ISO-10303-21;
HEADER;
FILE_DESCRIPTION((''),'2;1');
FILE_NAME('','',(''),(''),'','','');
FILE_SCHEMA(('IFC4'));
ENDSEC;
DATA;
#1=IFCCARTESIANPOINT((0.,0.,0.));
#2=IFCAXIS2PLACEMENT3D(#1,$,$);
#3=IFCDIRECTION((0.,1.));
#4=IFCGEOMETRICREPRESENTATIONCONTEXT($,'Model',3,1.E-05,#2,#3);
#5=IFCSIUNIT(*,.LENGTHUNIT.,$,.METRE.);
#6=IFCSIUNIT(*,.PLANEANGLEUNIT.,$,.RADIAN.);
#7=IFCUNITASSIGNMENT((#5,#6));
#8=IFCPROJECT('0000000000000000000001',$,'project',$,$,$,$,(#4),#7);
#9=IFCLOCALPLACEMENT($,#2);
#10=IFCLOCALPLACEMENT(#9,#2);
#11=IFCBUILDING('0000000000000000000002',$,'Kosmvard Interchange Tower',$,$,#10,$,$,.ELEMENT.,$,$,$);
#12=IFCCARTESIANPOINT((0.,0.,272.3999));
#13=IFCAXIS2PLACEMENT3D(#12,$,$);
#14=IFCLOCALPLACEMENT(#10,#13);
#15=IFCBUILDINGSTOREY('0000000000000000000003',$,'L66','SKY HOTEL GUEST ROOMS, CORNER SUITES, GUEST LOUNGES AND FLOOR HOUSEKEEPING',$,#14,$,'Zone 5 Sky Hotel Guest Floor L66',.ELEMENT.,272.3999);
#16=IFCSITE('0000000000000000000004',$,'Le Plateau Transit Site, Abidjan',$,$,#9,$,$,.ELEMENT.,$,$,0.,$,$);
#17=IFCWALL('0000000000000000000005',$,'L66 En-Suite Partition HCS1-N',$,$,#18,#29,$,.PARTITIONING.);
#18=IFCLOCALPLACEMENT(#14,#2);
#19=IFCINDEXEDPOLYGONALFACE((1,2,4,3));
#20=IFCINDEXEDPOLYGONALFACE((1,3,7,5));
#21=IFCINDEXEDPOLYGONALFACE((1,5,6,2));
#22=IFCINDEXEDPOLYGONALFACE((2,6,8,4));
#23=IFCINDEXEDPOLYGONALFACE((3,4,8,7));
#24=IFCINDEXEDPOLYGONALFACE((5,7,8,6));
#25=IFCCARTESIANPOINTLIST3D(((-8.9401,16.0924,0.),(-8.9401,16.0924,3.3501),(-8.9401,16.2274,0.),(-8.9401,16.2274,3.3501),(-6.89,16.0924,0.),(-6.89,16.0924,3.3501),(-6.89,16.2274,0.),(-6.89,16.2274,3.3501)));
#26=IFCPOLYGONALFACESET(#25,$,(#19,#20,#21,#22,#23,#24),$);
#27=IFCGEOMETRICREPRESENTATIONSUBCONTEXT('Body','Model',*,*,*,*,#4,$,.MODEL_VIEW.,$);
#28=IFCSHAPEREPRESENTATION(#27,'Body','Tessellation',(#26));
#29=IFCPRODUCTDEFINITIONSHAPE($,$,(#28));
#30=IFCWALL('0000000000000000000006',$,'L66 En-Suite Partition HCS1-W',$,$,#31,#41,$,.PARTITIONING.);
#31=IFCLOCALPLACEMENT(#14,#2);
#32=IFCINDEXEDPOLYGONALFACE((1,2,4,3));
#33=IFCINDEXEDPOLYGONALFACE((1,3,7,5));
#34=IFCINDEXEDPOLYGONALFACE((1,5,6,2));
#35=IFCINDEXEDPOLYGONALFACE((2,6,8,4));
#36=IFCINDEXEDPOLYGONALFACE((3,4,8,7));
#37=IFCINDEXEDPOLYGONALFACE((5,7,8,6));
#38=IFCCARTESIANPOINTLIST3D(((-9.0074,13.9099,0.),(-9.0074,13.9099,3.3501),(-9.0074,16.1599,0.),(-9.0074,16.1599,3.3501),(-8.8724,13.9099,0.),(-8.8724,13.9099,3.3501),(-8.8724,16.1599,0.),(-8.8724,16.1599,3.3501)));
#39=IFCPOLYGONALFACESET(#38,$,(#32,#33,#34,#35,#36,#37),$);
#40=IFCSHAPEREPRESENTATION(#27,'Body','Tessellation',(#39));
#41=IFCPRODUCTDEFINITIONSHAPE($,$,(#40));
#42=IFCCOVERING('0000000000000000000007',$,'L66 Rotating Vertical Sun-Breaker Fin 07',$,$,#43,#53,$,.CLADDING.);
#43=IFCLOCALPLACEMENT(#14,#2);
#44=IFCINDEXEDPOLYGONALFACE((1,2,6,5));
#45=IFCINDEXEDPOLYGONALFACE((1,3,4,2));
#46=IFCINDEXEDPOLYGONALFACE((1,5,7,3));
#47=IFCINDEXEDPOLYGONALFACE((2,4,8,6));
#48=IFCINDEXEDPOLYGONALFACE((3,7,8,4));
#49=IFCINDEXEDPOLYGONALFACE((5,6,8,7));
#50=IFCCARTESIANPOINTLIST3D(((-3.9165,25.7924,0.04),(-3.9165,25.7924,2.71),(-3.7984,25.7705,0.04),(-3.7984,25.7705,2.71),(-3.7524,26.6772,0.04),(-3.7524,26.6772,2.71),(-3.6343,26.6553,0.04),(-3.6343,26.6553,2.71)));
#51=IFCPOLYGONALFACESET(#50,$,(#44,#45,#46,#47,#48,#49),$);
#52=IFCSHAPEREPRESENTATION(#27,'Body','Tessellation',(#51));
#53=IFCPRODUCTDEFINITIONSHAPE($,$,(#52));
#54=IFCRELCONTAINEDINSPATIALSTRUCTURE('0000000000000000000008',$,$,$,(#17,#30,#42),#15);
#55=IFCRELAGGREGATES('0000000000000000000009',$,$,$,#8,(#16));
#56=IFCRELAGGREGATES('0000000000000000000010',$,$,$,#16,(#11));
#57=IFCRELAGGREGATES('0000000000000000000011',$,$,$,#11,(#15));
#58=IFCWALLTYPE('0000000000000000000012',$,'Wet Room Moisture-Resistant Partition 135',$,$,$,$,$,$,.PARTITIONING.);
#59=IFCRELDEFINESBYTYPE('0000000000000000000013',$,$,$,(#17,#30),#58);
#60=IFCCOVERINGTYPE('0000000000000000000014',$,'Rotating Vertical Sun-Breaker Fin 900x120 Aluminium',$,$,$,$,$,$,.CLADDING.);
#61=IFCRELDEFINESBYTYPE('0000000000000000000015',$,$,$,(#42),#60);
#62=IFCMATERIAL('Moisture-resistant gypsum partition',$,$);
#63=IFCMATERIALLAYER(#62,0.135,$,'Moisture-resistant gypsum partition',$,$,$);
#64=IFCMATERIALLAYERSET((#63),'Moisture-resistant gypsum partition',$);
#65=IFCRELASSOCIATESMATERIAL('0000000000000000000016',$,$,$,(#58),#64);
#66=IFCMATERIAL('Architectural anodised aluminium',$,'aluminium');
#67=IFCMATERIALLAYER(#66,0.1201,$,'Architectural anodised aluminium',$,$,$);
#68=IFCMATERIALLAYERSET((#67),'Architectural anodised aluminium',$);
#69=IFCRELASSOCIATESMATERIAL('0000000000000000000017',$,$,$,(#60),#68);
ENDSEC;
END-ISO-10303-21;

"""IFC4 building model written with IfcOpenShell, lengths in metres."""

from ifc_helpers import new_model, si_unit, direction, frame, frame_2d, origin, origin_2d, place, context, subcontext, project, spatial, rectangle, extrude, source, transform, mapped, material, layer, layer_set, type_object, element, save


model = new_model("IFC4")

# Units and contexts
model_context = context("Model", 3, precision=1e-05, world=origin(), true_north=direction((0.0, 1.0)))
body_context = subcontext(model_context, "Body", "Model", "MODEL_VIEW")
ifc_project = project(units=[si_unit("LENGTHUNIT", "METRE"), si_unit("PLANEANGLEUNIT", "RADIAN")], contexts=[model_context])

# Site, building, storey
site_placement = place(None, origin())
site = spatial("IfcSite", under=ifc_project, at=site_placement, Name="Le Plateau Transit Site, Abidjan", CompositionType="ELEMENT", RefElevation=0.0)
building_placement = place(site_placement, origin())
building = spatial("IfcBuilding", under=site, at=building_placement, Name="Kosmvard Interchange Tower", CompositionType="ELEMENT")
storey_placement = place(building_placement, frame((0.0, 0.0, 272.3999)))
storey = spatial("IfcBuildingStorey", under=building, at=storey_placement, Name="L66", Description="SKY HOTEL GUEST ROOMS, CORNER SUITES, GUEST LOUNGES AND FLOOR HOUSEKEEPING", LongName="Zone 5 Sky Hotel Guest Floor L66", CompositionType="ELEMENT", Elevation=272.3999)

# Shared definitions
ifc_material_1 = material(Name="Moisture-resistant gypsum partition")
ifc_layer_1 = layer(ifc_material_1, 0.135, Name="Moisture-resistant gypsum partition")
ifc_layer_set_1 = layer_set([ifc_layer_1], Name="Moisture-resistant gypsum partition")
wall_type_1 = type_object("IfcWallType", Name="Wet Room Moisture-Resistant Partition 135", PredefinedType="PARTITIONING", material=ifc_layer_set_1)

# Walls
wall_1_placement = place(storey_placement, frame((-8.9399, 16.1599, 0.0), z_axis=(0.0, 0.0, 1.0), x_axis=(1.0, 0.0, 0.0)))
element("IfcWall", 1, at=wall_1_placement, inside=storey, type_object=wall_type_1, Name="L66 En-Suite Partition HCS1-N", PredefinedType="PARTITIONING", context=body_context, shape_type="SweptSolid", body=[
    extrude(rectangle(XDim=2.05, YDim=0.135, at=frame_2d((1.0249, 0.0))), origin(), (0.0, 0.0, 1.0), 3.3501),
])
wall_2_placement = place(storey_placement, frame((-8.9399, 13.9099, 0.0), z_axis=(0.0, 0.0, 1.0), x_axis=(0.0, 1.0, 0.0)))
element("IfcWall", 2, at=wall_2_placement, inside=storey, type_object=wall_type_1, Name="L66 En-Suite Partition HCS1-W", PredefinedType="PARTITIONING", context=body_context, shape_type="SweptSolid", body=[
    extrude(rectangle(XDim=2.25, YDim=0.135, at=frame_2d((1.125, 0.0))), origin(), (0.0, 0.0, 1.0), 3.3501),
])

# Covering
ifc_material_2 = material(Name="Architectural anodised aluminium", Category="aluminium")
ifc_layer_2 = layer(ifc_material_2, 0.1201, Name="Architectural anodised aluminium")
ifc_layer_set_2 = layer_set([ifc_layer_2], Name="Architectural anodised aluminium")
covering_type = type_object("IfcCoveringType", Name="Rotating Vertical Sun-Breaker Fin 900x120 Aluminium", PredefinedType="CLADDING", material=ifc_layer_set_2)
shared_shape_1 = source(origin(), body_context, "Body", "SweptSolid", [
    extrude(rectangle(XDim=0.8999, YDim=0.1201, at=origin_2d()), origin(), (0.0, 0.0, 1.0), 2.6699),
])
covering_placement = place(storey_placement, frame((-3.7754, 26.2239, 0.04), z_axis=(0.0, 0.0, 1.0), x_axis=(0.182407, 0.983223, 0.0)))
element("IfcCovering", 3, at=covering_placement, inside=storey, type_object=covering_type, Name="L66 Rotating Vertical Sun-Breaker Fin 07", PredefinedType="CLADDING", context=body_context, shape_type="MappedRepresentation", body=[
    mapped(shared_shape_1, transform((0.0, 0.0, 0.0), scale=1.0)),
])

save(model, "model.ifc")
